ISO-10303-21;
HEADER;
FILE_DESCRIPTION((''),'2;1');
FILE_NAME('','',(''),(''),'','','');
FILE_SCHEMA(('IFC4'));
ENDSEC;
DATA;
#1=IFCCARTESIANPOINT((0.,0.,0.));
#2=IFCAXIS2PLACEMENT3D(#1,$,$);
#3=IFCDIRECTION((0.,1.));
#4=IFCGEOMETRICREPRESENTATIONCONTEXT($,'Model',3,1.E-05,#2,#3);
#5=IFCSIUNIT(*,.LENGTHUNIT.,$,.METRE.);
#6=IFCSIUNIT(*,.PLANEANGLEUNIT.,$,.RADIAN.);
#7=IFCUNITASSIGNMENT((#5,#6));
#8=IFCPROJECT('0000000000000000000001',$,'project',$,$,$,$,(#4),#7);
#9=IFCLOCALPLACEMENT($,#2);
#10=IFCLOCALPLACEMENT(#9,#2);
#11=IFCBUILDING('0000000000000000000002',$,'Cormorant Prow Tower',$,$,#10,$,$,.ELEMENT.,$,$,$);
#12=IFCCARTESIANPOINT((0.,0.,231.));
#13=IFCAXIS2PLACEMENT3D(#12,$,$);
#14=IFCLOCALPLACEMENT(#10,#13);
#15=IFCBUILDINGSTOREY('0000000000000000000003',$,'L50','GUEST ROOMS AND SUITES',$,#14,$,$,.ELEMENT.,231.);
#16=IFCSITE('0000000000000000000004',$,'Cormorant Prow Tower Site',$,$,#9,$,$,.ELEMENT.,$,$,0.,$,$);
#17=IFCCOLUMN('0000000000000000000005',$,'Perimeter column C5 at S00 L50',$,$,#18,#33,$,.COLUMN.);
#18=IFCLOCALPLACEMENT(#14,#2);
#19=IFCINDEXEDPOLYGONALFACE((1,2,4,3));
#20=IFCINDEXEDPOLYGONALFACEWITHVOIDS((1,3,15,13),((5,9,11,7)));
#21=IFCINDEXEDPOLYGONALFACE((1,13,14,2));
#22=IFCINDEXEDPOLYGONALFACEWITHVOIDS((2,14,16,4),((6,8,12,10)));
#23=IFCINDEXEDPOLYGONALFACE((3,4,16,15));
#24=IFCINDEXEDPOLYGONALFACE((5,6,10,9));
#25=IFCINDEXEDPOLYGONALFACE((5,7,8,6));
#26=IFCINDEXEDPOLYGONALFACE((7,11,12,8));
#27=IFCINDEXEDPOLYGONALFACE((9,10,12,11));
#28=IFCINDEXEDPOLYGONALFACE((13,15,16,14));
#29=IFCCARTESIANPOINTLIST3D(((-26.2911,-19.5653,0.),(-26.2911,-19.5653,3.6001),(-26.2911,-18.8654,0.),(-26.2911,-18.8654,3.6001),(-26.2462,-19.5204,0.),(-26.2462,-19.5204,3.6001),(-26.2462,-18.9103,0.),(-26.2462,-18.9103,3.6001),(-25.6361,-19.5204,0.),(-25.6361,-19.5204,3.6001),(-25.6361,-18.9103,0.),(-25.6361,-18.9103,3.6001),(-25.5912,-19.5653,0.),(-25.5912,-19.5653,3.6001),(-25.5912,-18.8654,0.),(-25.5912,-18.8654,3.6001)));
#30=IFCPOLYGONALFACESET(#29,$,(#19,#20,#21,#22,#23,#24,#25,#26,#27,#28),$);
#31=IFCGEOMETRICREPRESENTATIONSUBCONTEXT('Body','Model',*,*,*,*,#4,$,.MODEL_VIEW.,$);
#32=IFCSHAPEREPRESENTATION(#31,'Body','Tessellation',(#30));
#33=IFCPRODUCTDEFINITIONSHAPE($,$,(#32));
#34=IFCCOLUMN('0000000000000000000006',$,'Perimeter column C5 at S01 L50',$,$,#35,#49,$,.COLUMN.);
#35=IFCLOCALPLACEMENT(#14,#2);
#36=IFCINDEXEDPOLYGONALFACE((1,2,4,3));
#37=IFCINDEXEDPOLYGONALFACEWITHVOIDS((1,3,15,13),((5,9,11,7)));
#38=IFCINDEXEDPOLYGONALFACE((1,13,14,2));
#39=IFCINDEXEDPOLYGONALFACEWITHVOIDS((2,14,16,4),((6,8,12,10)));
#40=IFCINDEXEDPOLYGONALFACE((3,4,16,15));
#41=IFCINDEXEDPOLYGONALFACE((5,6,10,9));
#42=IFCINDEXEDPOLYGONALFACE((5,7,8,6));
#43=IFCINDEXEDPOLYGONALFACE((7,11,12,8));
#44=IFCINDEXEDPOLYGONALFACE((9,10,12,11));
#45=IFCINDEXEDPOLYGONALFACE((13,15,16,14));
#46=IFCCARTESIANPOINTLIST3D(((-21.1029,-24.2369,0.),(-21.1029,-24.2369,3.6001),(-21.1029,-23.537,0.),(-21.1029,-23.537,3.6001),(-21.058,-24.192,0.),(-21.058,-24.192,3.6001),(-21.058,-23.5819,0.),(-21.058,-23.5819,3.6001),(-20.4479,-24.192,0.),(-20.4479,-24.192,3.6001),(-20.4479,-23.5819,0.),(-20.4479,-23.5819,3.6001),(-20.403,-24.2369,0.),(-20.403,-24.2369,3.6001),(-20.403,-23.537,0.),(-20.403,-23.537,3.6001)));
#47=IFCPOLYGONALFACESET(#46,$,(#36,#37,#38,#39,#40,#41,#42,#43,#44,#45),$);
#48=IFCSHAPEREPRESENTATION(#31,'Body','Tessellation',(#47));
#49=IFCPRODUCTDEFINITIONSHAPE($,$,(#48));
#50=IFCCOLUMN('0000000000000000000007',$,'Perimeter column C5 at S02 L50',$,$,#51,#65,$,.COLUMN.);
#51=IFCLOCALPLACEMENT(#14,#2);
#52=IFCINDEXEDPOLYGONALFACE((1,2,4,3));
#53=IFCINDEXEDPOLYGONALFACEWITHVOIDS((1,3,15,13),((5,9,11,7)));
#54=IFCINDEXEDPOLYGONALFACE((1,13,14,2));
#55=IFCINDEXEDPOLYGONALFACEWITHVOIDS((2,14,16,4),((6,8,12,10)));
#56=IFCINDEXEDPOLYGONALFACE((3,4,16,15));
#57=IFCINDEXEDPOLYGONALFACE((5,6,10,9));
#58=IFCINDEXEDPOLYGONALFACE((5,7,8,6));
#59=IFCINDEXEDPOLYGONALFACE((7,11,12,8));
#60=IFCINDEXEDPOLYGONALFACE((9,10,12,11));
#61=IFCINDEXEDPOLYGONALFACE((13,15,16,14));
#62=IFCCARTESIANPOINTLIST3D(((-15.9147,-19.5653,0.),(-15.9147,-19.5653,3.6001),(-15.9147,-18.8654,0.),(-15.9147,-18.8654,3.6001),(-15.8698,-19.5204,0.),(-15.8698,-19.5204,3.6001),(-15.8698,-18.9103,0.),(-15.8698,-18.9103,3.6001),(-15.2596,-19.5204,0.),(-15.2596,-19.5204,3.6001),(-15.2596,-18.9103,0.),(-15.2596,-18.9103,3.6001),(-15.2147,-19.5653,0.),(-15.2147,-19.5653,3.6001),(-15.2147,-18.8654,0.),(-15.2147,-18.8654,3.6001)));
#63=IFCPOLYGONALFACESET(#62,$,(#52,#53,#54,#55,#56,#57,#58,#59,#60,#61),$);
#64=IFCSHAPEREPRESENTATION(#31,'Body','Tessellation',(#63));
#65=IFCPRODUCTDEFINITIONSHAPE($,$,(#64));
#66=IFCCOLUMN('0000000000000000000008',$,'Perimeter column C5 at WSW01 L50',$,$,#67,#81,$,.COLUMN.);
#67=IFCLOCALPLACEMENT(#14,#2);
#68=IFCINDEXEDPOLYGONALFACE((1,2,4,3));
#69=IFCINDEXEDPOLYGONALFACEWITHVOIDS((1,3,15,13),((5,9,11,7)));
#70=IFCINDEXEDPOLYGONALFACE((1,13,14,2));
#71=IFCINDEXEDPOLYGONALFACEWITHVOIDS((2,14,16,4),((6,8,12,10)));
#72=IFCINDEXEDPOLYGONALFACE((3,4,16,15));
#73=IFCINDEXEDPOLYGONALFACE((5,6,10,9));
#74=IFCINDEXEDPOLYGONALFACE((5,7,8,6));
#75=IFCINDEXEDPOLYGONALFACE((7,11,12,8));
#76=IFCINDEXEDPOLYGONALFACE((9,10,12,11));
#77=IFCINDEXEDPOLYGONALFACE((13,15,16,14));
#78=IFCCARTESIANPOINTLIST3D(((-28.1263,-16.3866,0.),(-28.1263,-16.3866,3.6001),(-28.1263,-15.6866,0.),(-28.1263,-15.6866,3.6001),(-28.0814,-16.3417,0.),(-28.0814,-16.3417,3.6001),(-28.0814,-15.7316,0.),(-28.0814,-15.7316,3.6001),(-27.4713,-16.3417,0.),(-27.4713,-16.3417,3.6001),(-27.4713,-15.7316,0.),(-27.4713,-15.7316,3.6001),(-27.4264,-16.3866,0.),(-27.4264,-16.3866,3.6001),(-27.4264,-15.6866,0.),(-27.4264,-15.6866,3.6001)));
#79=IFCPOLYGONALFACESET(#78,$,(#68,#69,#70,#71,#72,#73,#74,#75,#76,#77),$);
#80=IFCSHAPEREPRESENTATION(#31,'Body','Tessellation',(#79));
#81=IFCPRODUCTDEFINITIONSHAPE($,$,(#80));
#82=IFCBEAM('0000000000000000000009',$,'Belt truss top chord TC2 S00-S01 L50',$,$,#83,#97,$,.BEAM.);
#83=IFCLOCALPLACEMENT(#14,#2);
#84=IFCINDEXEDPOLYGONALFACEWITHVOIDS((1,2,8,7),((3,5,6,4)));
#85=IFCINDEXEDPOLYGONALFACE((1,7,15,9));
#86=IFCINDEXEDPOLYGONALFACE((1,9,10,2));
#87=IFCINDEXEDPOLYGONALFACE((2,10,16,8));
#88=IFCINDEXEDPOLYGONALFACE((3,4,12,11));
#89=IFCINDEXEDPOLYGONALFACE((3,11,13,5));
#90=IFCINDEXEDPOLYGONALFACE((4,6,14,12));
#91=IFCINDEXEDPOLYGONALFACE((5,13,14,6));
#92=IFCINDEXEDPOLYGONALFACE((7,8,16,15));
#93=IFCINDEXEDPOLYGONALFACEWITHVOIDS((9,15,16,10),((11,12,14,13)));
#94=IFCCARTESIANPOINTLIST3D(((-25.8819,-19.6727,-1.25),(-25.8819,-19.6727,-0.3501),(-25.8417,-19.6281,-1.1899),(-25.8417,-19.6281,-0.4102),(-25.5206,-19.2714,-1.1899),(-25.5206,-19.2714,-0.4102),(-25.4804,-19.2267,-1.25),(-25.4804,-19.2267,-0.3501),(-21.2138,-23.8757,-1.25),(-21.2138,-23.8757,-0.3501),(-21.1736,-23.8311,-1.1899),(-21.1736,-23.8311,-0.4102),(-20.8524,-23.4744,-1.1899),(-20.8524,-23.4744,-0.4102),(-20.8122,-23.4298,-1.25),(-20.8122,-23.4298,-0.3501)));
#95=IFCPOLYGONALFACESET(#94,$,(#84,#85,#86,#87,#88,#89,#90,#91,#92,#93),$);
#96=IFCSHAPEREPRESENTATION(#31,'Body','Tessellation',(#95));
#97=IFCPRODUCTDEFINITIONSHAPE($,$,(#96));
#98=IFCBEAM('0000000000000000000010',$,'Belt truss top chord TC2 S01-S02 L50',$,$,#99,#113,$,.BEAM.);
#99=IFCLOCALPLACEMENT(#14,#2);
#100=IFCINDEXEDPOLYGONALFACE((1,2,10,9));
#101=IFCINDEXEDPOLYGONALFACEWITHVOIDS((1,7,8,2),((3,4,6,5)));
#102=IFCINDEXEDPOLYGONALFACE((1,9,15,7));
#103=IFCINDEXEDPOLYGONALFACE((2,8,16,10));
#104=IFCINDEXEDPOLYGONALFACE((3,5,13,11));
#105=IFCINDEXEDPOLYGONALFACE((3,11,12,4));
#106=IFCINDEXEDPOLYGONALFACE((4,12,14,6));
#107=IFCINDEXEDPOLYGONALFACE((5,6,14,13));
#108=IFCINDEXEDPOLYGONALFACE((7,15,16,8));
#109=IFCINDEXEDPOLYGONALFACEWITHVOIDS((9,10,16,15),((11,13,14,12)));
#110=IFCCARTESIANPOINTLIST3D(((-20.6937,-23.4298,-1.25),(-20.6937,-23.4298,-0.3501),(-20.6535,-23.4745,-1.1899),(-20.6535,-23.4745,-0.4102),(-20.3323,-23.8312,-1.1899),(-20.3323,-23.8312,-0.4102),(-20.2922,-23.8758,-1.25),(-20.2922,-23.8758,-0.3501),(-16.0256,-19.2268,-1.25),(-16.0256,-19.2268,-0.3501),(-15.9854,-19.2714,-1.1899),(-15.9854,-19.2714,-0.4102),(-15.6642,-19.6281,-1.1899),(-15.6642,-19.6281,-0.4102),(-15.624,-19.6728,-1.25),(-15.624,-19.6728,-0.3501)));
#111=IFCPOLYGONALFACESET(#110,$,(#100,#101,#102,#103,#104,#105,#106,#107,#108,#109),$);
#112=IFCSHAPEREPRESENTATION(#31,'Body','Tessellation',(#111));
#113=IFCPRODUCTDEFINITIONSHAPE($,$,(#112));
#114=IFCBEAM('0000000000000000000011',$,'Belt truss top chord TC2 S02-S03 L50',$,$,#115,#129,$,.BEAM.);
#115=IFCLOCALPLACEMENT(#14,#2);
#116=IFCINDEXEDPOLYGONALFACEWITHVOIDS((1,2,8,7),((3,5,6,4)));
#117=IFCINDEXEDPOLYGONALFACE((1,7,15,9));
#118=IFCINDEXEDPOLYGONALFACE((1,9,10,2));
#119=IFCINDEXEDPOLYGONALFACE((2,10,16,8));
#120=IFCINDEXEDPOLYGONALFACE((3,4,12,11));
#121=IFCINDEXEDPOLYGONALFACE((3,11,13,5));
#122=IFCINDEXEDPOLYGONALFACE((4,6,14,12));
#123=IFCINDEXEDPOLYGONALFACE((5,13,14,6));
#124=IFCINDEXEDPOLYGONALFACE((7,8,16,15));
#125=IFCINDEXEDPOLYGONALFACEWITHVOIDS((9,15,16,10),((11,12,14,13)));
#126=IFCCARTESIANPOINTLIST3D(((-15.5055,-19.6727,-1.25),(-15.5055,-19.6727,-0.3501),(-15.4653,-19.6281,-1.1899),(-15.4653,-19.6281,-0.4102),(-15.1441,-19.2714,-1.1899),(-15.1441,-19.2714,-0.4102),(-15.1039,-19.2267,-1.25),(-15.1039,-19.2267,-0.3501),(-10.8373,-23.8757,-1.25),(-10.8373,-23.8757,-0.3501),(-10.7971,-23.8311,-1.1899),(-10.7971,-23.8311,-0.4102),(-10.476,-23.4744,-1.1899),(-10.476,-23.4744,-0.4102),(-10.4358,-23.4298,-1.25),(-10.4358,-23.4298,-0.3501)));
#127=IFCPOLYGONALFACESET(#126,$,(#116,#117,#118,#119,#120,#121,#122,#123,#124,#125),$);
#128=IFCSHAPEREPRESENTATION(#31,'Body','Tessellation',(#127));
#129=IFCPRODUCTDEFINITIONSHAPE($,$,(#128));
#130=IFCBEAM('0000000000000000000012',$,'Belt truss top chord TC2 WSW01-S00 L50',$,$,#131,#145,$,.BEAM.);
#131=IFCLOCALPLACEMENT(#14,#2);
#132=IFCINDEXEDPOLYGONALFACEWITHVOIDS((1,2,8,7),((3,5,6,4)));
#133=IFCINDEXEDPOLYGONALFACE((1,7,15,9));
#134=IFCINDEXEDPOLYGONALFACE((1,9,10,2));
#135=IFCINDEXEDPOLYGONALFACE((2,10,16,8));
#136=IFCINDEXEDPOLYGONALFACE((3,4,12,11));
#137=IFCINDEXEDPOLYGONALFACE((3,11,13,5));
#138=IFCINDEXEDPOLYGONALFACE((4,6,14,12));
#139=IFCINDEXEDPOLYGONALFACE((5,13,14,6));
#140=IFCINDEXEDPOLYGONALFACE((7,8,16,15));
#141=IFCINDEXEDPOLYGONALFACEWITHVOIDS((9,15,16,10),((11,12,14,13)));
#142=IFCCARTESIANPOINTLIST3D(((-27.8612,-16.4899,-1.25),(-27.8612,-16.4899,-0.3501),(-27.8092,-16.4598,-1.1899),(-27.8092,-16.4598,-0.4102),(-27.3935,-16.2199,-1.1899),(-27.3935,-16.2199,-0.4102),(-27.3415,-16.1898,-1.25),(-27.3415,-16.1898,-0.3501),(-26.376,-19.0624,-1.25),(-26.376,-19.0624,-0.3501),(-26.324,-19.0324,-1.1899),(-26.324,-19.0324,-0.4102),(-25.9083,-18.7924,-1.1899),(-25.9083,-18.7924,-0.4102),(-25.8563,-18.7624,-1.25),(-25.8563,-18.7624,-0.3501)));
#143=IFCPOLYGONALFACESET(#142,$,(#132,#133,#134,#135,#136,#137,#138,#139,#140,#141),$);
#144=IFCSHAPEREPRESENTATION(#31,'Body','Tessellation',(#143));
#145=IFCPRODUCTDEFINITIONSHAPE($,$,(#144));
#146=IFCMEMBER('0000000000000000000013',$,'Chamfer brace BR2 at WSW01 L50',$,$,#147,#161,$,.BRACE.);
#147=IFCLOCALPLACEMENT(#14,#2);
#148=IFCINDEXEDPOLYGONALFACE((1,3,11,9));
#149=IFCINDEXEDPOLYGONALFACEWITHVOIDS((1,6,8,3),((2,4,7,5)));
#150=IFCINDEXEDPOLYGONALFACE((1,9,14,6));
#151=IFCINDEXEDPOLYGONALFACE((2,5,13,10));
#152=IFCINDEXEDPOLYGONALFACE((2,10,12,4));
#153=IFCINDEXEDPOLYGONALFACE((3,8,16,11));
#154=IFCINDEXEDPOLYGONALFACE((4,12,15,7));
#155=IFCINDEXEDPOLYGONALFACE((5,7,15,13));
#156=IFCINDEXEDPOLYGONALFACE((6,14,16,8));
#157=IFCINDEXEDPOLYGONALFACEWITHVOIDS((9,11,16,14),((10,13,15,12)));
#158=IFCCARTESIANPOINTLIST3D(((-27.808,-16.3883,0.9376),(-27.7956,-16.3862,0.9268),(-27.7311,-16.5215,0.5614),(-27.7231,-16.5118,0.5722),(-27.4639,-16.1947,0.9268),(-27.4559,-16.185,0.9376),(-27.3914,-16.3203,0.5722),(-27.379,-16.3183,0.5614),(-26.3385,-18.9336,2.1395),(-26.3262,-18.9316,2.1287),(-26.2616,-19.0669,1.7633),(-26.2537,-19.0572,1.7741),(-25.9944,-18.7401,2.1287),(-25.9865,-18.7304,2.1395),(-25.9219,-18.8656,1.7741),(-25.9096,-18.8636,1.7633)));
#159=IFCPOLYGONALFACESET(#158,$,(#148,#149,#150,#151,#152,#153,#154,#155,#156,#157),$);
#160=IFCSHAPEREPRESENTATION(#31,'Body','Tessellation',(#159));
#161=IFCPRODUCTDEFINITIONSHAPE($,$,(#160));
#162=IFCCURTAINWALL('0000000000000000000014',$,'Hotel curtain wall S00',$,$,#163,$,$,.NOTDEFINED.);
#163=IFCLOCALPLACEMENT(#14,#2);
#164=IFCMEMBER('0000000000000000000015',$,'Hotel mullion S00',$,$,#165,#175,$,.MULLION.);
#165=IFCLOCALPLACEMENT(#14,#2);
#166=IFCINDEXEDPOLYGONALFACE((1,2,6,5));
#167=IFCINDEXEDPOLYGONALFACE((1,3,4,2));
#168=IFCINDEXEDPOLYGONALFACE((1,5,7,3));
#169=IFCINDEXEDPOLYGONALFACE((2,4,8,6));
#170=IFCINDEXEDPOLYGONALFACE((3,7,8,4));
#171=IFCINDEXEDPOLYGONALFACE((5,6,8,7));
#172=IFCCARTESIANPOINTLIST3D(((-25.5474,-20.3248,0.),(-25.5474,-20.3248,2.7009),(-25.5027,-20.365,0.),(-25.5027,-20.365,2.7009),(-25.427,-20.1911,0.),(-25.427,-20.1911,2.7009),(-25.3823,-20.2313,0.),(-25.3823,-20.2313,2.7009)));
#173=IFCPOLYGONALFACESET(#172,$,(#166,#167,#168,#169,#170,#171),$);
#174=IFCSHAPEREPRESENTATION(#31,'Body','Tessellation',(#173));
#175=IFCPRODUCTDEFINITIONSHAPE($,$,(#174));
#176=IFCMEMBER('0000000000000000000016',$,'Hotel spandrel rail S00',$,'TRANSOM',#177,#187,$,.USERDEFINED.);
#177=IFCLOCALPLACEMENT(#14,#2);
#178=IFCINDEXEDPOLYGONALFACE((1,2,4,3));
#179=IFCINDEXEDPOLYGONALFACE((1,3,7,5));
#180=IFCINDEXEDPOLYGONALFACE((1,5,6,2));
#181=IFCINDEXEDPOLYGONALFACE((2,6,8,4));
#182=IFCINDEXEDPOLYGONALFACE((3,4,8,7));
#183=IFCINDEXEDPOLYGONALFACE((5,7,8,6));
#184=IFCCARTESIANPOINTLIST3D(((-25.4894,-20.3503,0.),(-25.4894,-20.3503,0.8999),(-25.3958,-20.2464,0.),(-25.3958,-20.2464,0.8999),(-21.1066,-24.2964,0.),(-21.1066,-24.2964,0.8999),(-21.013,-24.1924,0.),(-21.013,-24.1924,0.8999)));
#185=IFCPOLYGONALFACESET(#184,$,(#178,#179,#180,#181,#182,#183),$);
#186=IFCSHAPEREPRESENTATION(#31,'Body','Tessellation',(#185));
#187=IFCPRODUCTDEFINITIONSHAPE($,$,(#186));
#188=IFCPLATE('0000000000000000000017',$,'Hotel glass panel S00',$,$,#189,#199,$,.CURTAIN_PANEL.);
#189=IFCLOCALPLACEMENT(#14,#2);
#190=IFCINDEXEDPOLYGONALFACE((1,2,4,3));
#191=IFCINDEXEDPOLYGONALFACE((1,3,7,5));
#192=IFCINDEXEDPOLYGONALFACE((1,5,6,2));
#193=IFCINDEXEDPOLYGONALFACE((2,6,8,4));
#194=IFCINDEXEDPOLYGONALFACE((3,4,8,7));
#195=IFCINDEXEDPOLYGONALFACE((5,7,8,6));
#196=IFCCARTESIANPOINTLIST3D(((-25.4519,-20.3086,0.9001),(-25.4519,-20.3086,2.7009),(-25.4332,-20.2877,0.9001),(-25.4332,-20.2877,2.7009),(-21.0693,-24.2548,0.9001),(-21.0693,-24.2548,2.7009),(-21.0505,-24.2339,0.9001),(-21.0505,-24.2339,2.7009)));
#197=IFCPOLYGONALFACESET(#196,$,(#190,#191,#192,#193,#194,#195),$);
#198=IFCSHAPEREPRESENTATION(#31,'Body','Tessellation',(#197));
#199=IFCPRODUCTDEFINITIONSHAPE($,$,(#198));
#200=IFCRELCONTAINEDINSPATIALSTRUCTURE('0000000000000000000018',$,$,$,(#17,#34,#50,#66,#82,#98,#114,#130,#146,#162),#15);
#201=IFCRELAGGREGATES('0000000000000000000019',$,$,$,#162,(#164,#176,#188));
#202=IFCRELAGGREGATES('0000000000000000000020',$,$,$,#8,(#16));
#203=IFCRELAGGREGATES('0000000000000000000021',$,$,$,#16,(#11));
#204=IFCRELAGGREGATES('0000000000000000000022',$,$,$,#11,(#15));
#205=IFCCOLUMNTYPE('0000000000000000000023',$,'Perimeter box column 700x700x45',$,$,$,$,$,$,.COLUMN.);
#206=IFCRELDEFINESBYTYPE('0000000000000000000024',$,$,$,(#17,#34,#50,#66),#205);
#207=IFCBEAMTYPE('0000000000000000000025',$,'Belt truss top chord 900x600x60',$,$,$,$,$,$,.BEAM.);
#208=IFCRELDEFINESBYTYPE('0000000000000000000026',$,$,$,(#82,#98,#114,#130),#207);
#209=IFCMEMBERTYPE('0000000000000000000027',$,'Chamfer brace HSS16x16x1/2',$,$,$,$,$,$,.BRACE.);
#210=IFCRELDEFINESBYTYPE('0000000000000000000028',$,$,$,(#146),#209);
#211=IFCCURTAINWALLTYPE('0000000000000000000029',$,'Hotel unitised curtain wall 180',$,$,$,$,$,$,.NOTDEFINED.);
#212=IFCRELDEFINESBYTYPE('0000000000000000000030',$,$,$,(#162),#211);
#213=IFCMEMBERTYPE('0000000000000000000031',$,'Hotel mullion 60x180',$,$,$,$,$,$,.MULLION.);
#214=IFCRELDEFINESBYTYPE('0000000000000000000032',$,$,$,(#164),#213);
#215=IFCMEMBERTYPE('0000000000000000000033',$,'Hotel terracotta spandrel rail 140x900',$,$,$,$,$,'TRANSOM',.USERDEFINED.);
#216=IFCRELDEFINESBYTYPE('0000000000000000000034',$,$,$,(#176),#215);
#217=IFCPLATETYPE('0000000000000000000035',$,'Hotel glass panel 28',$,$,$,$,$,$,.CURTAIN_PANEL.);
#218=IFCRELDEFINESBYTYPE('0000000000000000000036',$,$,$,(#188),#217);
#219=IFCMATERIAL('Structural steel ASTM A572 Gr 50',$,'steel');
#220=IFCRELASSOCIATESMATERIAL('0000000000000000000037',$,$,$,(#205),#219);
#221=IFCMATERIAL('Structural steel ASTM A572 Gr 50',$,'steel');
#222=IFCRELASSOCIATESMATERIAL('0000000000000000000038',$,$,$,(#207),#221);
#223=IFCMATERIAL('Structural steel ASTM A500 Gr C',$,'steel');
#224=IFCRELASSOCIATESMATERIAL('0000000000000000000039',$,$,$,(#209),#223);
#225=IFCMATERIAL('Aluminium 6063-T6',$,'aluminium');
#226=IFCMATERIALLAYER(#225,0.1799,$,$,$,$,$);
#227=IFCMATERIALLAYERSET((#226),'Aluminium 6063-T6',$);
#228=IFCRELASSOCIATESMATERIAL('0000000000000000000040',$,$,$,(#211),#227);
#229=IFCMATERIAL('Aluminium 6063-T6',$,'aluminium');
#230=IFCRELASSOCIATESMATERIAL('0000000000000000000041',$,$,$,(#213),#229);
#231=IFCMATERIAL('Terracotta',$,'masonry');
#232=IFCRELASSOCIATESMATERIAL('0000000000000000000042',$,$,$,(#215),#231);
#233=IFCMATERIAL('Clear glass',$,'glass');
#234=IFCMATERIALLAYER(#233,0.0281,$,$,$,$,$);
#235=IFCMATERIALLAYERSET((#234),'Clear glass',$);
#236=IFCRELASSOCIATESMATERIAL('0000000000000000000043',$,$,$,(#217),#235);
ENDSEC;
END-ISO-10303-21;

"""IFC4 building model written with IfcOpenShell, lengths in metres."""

from ifc_helpers import new_model, si_unit, direction, frame, origin, origin_2d, place, context, subcontext, project, spatial, rectangle, hollow_rectangle, extrude, material, layer, layer_set, material_profile, profile_set, type_object, element, aggregate, save


model = new_model("IFC4")

# Units and contexts
model_context = context("Model", 3, precision=1e-05, world=origin(), true_north=direction((0.0, 1.0)))
body_context = subcontext(model_context, "Body", "Model", "MODEL_VIEW")
ifc_project = project(units=[si_unit("LENGTHUNIT", "METRE"), si_unit("PLANEANGLEUNIT", "RADIAN")], contexts=[model_context])

# Site, building, storey
site_placement = place(None, origin())
site = spatial("IfcSite", under=ifc_project, at=site_placement, Name="Cormorant Prow Tower Site", CompositionType="ELEMENT", RefElevation=0.0)
building_placement = place(site_placement, origin())
building = spatial("IfcBuilding", under=site, at=building_placement, Name="Cormorant Prow Tower", CompositionType="ELEMENT")
storey_placement = place(building_placement, frame((0.0, 0.0, 231.0)))
storey = spatial("IfcBuildingStorey", under=building, at=storey_placement, Name="L50", Description="GUEST ROOMS AND SUITES", CompositionType="ELEMENT", Elevation=231.0)

# Columns
ifc_material_1 = material(Name="Structural steel ASTM A572 Gr 50", Category="steel")
ifc_material_profile_1 = material_profile(ifc_material_1, hollow_rectangle(XDim=0.7, YDim=0.7, WallThickness=0.0449, at=origin_2d()), Name="Box 700x700x45")
ifc_profile_set_1 = profile_set([ifc_material_profile_1], Name="Structural steel ASTM A572 Gr 50")
column_type = type_object("IfcColumnType", Name="Perimeter box column 700x700x45", PredefinedType="COLUMN", material=ifc_profile_set_1)
for number, where, z_axis, x_axis, name in (
    (1, (-25.9412, -19.2153, 0.0), (0.0, 0.0, 1.0), (1.0, 0.0, 0.0), "Perimeter column C5 at S00 L50"),
    (2, (-20.7529, -23.887, 0.0), (0.0, 0.0, 1.0), (1.0, 0.0, 0.0), "Perimeter column C5 at S01 L50"),
    (3, (-15.5647, -19.2153, 0.0), (0.0, 0.0, 1.0), (1.0, 0.0, 0.0), "Perimeter column C5 at S02 L50"),
    (4, (-27.7764, -16.0366, 0.0), (0.0, 0.0, 1.0), (1.0, 0.0, 0.0), "Perimeter column C5 at WSW01 L50"),
):
    element("IfcColumn", number, at=place(storey_placement, frame(where, z_axis=z_axis, x_axis=x_axis)), inside=storey, type_object=column_type, Name=name, PredefinedType="COLUMN", context=body_context, shape_type="SweptSolid", body=[
        extrude(hollow_rectangle(XDim=0.7, YDim=0.7, WallThickness=0.0449, at=origin_2d()), origin(), (0.0, 0.0, 1.0), 3.6001),
    ])

# Beams
ifc_material_2 = material(Name="Structural steel ASTM A572 Gr 50", Category="steel")
ifc_material_profile_2 = material_profile(ifc_material_2, hollow_rectangle(XDim=0.6001, YDim=0.8999, WallThickness=0.0601, at=origin_2d()), Name="Box 900x600x60")
ifc_profile_set_2 = profile_set([ifc_material_profile_2], Name="Structural steel ASTM A572 Gr 50")
beam_type = type_object("IfcBeamType", Name="Belt truss top chord 900x600x60", PredefinedType="BEAM", material=ifc_profile_set_2)
for number, where, z_axis, x_axis, name in (
    (5, (-25.6812, -19.4497, -0.8), (0.743157, -0.669117, 0.0), (0.669117, 0.743157, 0.0), "Belt truss top chord TC2 S00-S01 L50"),
    (6, (-20.4929, -23.6528, -0.8), (0.743157, 0.669117, 0.0), (-0.669117, 0.743157, 0.0), "Belt truss top chord TC2 S01-S02 L50"),
    (7, (-15.3047, -19.4497, -0.8), (0.743157, -0.669117, 0.0), (0.669117, 0.743157, 0.0), "Belt truss top chord TC2 S02-S03 L50"),
):
    element("IfcBeam", number, at=place(storey_placement, frame(where, z_axis=z_axis, x_axis=x_axis)), inside=storey, type_object=beam_type, Name=name, PredefinedType="BEAM", context=body_context, shape_type="SweptSolid", body=[
        extrude(hollow_rectangle(XDim=0.6001, YDim=0.8999, WallThickness=0.0601, at=origin_2d()), origin(), (0.0, 0.0, 1.0), 6.2815),
    ])
beam_placement = place(storey_placement, frame((-27.6013, -16.3398, -0.8), z_axis=(0.499967, -0.866045, 0.0), x_axis=(0.866045, 0.499967, 0.0)))
element("IfcBeam", 8, at=beam_placement, inside=storey, type_object=beam_type, Name="Belt truss top chord TC2 WSW01-S00 L50", PredefinedType="BEAM", context=body_context, shape_type="SweptSolid", body=[
    extrude(hollow_rectangle(XDim=0.6001, YDim=0.8999, WallThickness=0.0601, at=origin_2d()), origin(), (0.0, 0.0, 1.0), 2.9705),
])

# Member
ifc_material_3 = material(Name="Structural steel ASTM A500 Gr C", Category="steel")
ifc_material_profile_3 = material_profile(ifc_material_3, hollow_rectangle(XDim=0.4065, YDim=0.4065, WallThickness=0.0117, at=origin_2d()), Name="HSS16x16x1/2")
ifc_profile_set_3 = profile_set([ifc_material_profile_3], Name="Structural steel ASTM A500 Gr C")
member_type_1 = type_object("IfcMemberType", Name="Chamfer brace HSS16x16x1/2", PredefinedType="BRACE", material=ifc_profile_set_3)
member_1_placement = place(storey_placement, frame((-27.5935, -16.3533, 0.7495), z_axis=(0.462773, -0.801607, 0.378507), x_axis=(0.866042, 0.499972, 0.0)))
element("IfcMember", 9, at=member_1_placement, inside=storey, type_object=member_type_1, Name="Chamfer brace BR2 at WSW01 L50", PredefinedType="BRACE", context=body_context, shape_type="SweptSolid", body=[
    extrude(hollow_rectangle(XDim=0.4065, YDim=0.4065, WallThickness=0.0117, at=origin_2d()), origin(), (0.0, 0.0, 1.0), 3.1753),
])

# Curtain wall, members, plate
ifc_material_4 = material(Name="Aluminium 6063-T6", Category="aluminium")
ifc_layer_1 = layer(ifc_material_4, 0.1799)
ifc_layer_set_1 = layer_set([ifc_layer_1], Name="Aluminium 6063-T6")
curtain_wall_type = type_object("IfcCurtainWallType", Name="Hotel unitised curtain wall 180", PredefinedType="NOTDEFINED", material=ifc_layer_set_1)
curtain_wall_placement = place(storey_placement, origin())
curtain_wall = element("IfcCurtainWall", 10, at=curtain_wall_placement, inside=storey, type_object=curtain_wall_type, Name="Hotel curtain wall S00", PredefinedType="NOTDEFINED")
ifc_material_5 = material(Name="Aluminium 6063-T6", Category="aluminium")
ifc_material_profile_4 = material_profile(ifc_material_5, rectangle(XDim=0.1799, YDim=0.0601, at=origin_2d()), Name="Hotel mullion 60x180")
ifc_profile_set_4 = profile_set([ifc_material_profile_4], Name="Aluminium 6063-T6")
member_type_2 = type_object("IfcMemberType", Name="Hotel mullion 60x180", PredefinedType="MULLION", material=ifc_profile_set_4)
member_2_placement = place(storey_placement, frame((-25.4648, -20.2781, 0.0), z_axis=(0.0, 0.0, 1.0), x_axis=(0.669131, 0.743145, 0.0)))
member_2 = element("IfcMember", 11, at=member_2_placement, type_object=member_type_2, Name="Hotel mullion S00", PredefinedType="MULLION", context=body_context, shape_type="SweptSolid", body=[
    extrude(rectangle(XDim=0.1799, YDim=0.0601, at=origin_2d()), origin(), (0.0, 0.0, 1.0), 2.7009),
])
ifc_material_6 = material(Name="Terracotta", Category="masonry")
ifc_material_profile_5 = material_profile(ifc_material_6, rectangle(XDim=0.1399, YDim=0.8999, at=origin_2d()), Name="Hotel terracotta spandrel rail 140x900")
ifc_profile_set_5 = profile_set([ifc_material_profile_5], Name="Terracotta")
member_type_3 = type_object("IfcMemberType", Name="Hotel terracotta spandrel rail 140x900", ElementType="TRANSOM", PredefinedType="USERDEFINED", material=ifc_profile_set_5)
member_3_placement = place(storey_placement, frame((-25.4426, -20.2983, 0.45), z_axis=(0.743167, -0.669107, 0.0), x_axis=(0.669107, 0.743167, 0.0)))
member_3 = element("IfcMember", 12, at=member_3_placement, type_object=member_type_3, Name="Hotel spandrel rail S00", ObjectType="TRANSOM", PredefinedType="USERDEFINED", context=body_context, shape_type="SweptSolid", body=[
    extrude(rectangle(XDim=0.1399, YDim=0.8999, at=origin_2d()), origin(), (0.0, 0.0, 1.0), 5.8975),
])
ifc_material_7 = material(Name="Clear glass", Category="glass")
ifc_layer_2 = layer(ifc_material_7, 0.0281)
ifc_layer_set_2 = layer_set([ifc_layer_2], Name="Clear glass")
plate_type = type_object("IfcPlateType", Name="Hotel glass panel 28", PredefinedType="CURTAIN_PANEL", material=ifc_layer_set_2)
plate_placement = place(storey_placement, frame((-23.2512, -22.2712, 0.9001), z_axis=(0.0, 0.0, 1.0), x_axis=(0.743145, -0.669131, 0.0)))
plate = element("IfcPlate", 13, at=plate_placement, type_object=plate_type, Name="Hotel glass panel S00", PredefinedType="CURTAIN_PANEL", context=body_context, shape_type="SweptSolid", body=[
    extrude(rectangle(XDim=5.8975, YDim=0.0281, at=origin_2d()), origin(), (0.0, 0.0, 1.0), 1.8008),
])
aggregate(curtain_wall, [member_2, member_3, plate])

save(model, "model.ifc")
